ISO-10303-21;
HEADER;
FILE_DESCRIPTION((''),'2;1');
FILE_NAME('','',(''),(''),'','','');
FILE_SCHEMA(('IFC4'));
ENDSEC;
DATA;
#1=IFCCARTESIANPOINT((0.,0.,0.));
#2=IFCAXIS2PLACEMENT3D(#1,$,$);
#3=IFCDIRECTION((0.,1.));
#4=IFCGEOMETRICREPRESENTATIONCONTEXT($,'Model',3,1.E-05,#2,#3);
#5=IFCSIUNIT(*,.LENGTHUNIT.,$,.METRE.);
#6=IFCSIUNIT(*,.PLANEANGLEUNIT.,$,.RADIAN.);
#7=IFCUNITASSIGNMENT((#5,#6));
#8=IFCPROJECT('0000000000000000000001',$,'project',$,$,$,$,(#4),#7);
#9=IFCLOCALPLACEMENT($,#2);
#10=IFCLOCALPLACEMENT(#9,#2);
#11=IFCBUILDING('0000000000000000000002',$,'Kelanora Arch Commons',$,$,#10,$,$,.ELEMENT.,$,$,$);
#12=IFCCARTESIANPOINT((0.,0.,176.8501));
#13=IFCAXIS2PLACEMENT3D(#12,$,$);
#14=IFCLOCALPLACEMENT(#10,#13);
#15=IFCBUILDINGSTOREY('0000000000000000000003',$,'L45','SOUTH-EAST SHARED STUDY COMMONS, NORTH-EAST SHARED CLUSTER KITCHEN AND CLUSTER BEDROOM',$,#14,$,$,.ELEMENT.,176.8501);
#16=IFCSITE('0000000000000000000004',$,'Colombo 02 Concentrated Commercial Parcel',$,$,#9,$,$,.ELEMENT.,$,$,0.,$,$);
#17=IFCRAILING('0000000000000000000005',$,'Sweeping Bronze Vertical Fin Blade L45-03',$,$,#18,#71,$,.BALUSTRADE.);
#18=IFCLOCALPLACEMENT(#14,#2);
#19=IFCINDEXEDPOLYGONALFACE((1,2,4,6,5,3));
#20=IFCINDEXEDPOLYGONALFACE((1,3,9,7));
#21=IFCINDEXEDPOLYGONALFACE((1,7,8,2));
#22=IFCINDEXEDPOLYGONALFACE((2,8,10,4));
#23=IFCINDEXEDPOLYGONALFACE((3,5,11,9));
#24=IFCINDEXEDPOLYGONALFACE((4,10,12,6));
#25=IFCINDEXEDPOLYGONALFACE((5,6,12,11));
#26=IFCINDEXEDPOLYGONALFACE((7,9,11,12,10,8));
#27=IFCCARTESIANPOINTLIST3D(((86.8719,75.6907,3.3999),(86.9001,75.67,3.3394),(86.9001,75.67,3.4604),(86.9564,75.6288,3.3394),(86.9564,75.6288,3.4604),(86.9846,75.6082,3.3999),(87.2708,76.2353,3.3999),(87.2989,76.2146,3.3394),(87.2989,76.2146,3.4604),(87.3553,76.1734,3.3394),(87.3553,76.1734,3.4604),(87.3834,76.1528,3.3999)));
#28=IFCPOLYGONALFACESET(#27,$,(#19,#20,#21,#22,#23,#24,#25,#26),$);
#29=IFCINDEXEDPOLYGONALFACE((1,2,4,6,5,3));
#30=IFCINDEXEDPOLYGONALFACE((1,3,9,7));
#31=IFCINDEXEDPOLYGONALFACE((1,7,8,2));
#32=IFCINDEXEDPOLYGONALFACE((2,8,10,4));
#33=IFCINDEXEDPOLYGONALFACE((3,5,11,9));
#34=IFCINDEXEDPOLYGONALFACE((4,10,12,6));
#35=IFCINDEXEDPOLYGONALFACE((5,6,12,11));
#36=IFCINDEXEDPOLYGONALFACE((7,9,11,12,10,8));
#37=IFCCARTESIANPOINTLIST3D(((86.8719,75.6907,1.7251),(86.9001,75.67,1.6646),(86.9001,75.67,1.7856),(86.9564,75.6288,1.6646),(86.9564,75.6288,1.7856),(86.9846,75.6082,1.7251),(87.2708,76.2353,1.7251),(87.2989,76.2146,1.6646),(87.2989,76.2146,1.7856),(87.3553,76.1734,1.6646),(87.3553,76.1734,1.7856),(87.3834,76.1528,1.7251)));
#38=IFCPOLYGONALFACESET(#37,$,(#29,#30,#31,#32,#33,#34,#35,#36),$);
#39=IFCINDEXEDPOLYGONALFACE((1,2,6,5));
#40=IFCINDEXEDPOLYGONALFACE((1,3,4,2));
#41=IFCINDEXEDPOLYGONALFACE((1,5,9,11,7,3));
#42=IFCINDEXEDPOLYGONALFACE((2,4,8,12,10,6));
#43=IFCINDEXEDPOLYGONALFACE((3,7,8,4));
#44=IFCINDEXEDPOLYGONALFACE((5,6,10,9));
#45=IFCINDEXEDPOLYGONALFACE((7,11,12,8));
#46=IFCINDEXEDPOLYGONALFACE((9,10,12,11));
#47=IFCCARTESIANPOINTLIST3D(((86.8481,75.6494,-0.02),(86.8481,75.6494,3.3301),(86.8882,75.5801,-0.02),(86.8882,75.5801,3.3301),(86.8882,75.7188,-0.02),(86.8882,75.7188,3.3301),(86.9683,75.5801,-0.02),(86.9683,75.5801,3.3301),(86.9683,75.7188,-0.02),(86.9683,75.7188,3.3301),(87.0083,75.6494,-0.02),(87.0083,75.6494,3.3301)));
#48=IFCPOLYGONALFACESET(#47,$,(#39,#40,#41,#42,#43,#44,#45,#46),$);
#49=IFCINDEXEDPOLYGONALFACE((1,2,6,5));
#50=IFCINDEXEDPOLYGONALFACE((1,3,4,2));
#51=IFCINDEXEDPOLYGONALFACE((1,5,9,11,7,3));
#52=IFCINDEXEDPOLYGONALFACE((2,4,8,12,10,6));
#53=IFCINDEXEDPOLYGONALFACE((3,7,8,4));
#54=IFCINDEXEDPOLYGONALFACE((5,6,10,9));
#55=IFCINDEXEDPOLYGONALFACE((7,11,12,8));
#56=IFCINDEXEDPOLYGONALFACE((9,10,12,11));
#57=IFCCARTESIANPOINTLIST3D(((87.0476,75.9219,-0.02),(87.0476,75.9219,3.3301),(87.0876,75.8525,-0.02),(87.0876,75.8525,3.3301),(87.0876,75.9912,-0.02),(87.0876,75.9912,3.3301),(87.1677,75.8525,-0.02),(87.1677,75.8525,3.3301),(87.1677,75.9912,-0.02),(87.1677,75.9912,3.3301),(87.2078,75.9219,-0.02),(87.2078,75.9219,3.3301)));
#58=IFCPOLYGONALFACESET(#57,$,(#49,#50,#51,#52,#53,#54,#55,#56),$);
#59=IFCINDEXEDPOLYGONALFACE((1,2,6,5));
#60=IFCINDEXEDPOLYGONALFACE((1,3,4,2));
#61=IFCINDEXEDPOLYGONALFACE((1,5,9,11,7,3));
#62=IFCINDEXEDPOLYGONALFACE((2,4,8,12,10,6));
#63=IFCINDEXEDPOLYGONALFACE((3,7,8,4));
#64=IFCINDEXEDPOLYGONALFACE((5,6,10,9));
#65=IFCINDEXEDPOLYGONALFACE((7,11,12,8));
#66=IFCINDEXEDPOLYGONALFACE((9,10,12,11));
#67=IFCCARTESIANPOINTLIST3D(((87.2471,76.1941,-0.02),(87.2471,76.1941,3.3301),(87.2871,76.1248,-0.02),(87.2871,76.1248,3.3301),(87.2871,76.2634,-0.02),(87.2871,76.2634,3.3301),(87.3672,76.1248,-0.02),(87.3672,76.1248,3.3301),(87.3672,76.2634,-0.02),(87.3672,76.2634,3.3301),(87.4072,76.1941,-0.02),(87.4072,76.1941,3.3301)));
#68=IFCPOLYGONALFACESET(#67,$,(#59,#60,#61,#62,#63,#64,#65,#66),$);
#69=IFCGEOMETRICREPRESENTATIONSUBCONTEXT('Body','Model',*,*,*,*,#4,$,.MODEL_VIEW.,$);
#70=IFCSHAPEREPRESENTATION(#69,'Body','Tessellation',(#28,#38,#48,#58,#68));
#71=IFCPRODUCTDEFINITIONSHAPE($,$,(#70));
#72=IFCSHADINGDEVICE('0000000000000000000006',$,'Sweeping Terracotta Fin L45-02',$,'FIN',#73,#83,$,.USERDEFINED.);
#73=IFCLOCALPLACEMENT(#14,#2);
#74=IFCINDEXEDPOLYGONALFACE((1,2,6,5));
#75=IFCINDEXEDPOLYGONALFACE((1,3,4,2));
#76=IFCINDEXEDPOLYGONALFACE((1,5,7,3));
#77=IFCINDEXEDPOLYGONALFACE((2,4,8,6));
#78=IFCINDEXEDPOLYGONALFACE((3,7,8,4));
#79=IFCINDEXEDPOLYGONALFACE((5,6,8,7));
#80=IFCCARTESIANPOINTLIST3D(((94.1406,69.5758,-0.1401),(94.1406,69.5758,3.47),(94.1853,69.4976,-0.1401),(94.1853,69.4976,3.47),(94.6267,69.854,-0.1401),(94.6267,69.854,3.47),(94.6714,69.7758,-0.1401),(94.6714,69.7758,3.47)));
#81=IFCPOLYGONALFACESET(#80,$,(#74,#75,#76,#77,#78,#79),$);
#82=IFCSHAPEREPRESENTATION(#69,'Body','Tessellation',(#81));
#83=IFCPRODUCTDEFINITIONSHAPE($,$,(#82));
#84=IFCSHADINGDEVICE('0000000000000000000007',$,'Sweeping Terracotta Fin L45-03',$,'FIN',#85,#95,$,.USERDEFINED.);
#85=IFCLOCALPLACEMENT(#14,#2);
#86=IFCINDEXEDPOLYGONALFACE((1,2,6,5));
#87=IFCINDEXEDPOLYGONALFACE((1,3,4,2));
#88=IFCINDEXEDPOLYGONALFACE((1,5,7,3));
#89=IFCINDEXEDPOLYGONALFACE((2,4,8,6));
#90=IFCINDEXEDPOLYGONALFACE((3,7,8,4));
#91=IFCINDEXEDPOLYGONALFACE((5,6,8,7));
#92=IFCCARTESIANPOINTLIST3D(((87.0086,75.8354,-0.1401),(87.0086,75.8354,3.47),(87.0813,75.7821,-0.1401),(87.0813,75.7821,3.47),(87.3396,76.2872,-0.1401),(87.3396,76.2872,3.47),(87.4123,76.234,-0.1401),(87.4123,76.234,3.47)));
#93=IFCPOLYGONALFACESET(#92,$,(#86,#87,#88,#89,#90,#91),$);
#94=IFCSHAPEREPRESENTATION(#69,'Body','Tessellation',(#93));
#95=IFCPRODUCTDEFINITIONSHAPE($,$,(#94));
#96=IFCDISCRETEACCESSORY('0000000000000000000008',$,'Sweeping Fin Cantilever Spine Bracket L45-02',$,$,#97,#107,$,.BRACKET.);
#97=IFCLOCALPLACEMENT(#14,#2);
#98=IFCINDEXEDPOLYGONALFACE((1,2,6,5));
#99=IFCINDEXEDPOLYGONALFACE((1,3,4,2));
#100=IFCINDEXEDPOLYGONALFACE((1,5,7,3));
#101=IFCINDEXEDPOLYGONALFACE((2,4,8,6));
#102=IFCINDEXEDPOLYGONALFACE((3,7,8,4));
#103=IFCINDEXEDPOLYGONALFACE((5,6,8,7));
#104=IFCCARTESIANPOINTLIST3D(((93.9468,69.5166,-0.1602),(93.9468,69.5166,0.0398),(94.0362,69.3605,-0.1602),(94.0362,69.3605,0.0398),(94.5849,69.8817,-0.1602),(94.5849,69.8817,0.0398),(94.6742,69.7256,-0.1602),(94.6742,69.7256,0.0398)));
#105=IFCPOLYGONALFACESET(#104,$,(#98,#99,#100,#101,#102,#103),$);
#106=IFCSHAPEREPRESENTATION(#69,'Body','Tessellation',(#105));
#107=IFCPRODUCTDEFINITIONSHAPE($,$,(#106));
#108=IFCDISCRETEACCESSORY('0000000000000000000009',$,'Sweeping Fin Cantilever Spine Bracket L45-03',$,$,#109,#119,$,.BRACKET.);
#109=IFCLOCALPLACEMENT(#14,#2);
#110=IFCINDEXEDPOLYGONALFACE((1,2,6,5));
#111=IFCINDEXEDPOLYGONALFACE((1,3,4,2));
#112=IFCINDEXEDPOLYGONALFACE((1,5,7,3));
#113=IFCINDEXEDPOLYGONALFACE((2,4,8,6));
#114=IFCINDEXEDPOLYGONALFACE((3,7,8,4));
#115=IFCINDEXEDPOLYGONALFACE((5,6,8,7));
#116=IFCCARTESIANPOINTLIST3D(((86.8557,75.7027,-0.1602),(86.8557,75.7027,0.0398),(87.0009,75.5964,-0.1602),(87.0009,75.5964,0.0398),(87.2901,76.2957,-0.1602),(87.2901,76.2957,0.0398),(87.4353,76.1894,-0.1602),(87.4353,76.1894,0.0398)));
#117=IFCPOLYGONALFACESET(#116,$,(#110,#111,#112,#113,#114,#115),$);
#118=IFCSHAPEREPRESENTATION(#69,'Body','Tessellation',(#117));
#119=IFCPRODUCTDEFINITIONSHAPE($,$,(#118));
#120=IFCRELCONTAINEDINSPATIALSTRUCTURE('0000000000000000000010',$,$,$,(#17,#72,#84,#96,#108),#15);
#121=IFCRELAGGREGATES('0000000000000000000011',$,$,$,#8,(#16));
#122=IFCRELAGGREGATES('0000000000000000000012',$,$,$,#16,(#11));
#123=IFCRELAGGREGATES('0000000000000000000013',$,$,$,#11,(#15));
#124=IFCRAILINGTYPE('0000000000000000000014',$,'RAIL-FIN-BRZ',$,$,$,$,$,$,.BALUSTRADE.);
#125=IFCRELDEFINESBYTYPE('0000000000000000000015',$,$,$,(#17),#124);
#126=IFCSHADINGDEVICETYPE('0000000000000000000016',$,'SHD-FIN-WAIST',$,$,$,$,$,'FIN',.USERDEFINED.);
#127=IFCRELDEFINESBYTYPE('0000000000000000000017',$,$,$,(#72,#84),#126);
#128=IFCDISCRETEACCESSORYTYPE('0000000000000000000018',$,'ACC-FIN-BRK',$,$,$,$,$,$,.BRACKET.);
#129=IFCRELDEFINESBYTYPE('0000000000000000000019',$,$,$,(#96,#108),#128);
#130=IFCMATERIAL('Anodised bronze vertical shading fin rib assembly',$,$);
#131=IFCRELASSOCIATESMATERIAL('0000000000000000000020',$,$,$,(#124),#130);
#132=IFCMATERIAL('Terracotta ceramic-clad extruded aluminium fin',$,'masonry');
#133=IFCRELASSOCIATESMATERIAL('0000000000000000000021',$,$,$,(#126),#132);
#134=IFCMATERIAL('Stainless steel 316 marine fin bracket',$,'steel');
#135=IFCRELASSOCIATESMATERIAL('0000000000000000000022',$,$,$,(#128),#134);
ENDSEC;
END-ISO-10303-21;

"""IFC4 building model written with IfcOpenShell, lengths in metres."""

from ifc_helpers import new_model, si_unit, direction, frame, origin, origin_2d, place, context, subcontext, project, spatial, polyline, rectangle, outline, extrude, source, transform, mapped, material, type_object, element, save


model = new_model("IFC4")

# Units and contexts
model_context = context("Model", 3, precision=1e-05, world=origin(), true_north=direction((0.0, 1.0)))
body_context = subcontext(model_context, "Body", "Model", "MODEL_VIEW")
ifc_project = project(units=[si_unit("LENGTHUNIT", "METRE"), si_unit("PLANEANGLEUNIT", "RADIAN")], contexts=[model_context])

# Site, building, storey
site_placement = place(None, origin())
site = spatial("IfcSite", under=ifc_project, at=site_placement, Name="Colombo 02 Concentrated Commercial Parcel", CompositionType="ELEMENT", RefElevation=0.0)
building_placement = place(site_placement, origin())
building = spatial("IfcBuilding", under=site, at=building_placement, Name="Kelanora Arch Commons", CompositionType="ELEMENT")
storey_placement = place(building_placement, frame((0.0, 0.0, 176.8501)))
storey = spatial("IfcBuildingStorey", under=building, at=storey_placement, Name="L45", Description="SOUTH-EAST SHARED STUDY COMMONS, NORTH-EAST SHARED CLUSTER KITCHEN AND CLUSTER BEDROOM", CompositionType="ELEMENT", Elevation=176.8501)

# Railing
ifc_material_1 = material(Name="Anodised bronze vertical shading fin rib assembly")
railing_type = type_object("IfcRailingType", Name="RAIL-FIN-BRZ", PredefinedType="BALUSTRADE", material=ifc_material_1)
railing_1_placement = place(storey_placement, frame((86.9282, 75.6494, -0.02)))
element("IfcRailing", 1, at=railing_1_placement, inside=storey, type_object=railing_type, Name="Sweeping Bronze Vertical Fin Blade L45-03", PredefinedType="BALUSTRADE", context=body_context, shape_type="SweptSolid", body=[
    extrude(outline(polyline([(0.0698, 0.0), (0.0349, 0.0605), (-0.0349, 0.0605), (-0.0698, 0.0), (-0.0349, -0.0605), (0.0349, -0.0605), (0.0698, 0.0)])), frame((0.0, 0.0, 3.4199), z_axis=(0.590878, 0.806761, 0.0), x_axis=(-0.806761, 0.590878, 0.0)), (0.0, 0.0, 1.0), 0.675),
    extrude(outline(polyline([(0.0698, 0.0), (0.0349, 0.0605), (-0.0349, 0.0605), (-0.0698, 0.0), (-0.0349, -0.0605), (0.0349, -0.0605), (0.0698, 0.0)])), frame((0.0, 0.0, 1.7451), z_axis=(0.590878, 0.806761, 0.0), x_axis=(-0.806761, 0.590878, 0.0)), (0.0, 0.0, 1.0), 0.675),
    extrude(outline(polyline([(0.0801, 0.0), (0.04, 0.0693), (-0.04, 0.0693), (-0.0801, 0.0), (-0.04, -0.0693), (0.04, -0.0693), (0.0801, 0.0)])), origin(), (0.0, 0.0, 1.0), 3.3501),
    extrude(outline(polyline([(0.0801, 0.0), (0.04, 0.0693), (-0.04, 0.0693), (-0.0801, 0.0), (-0.04, -0.0693), (0.04, -0.0693), (0.0801, 0.0)])), frame((0.1995, 0.2725, 0.0)), (0.0, 0.0, 1.0), 3.3501),
    extrude(outline(polyline([(0.0801, 0.0), (0.04, 0.0693), (-0.04, 0.0693), (-0.0801, 0.0), (-0.04, -0.0693), (0.04, -0.0693), (0.0801, 0.0)])), frame((0.3989, 0.5447, 0.0)), (0.0, 0.0, 1.0), 3.3501),
])

# Shading devices
ifc_material_2 = material(Name="Terracotta ceramic-clad extruded aluminium fin", Category="masonry")
shading_device_type = type_object("IfcShadingDeviceType", Name="SHD-FIN-WAIST", ElementType="FIN", PredefinedType="USERDEFINED", material=ifc_material_2)
shared_shape_1 = source(origin(), body_context, "Body", "SweptSolid", [
    extrude(rectangle(XDim=0.5601, YDim=0.0901, at=origin_2d()), origin(), (0.0, 0.0, 1.0), 3.6101),
])
for number, where, z_axis, x_axis, name in (
    (2, (94.406, 69.6758, -0.1401), (0.0, 0.0, 1.0), (0.867939, 0.496671, 0.0), "Sweeping Terracotta Fin L45-02"),
    (3, (87.2104, 76.0347, -0.1401), (0.0, 0.0, 1.0), (0.590887, 0.806754, 0.0), "Sweeping Terracotta Fin L45-03"),
):
    element("IfcShadingDevice", number, at=place(storey_placement, frame(where, z_axis=z_axis, x_axis=x_axis)), inside=storey, type_object=shading_device_type, Name=name, ObjectType="FIN", PredefinedType="USERDEFINED", context=body_context, shape_type="MappedRepresentation", body=[
        mapped(shared_shape_1, transform((0.0, 0.0, 0.0), scale=1.0)),
    ])

# Discrete accessories
ifc_material_3 = material(Name="Stainless steel 316 marine fin bracket", Category="steel")
discrete_accessory_type = type_object("IfcDiscreteAccessoryType", Name="ACC-FIN-BRK", PredefinedType="BRACKET", material=ifc_material_3)
shared_shape_2 = source(origin(), body_context, "Body", "SweptSolid", [
    extrude(rectangle(XDim=0.7351, YDim=0.1799, at=origin_2d()), origin(), (0.0, 0.0, 1.0), 0.2),
])
for number, where, z_axis, x_axis, name in (
    (4, (94.3105, 69.6211, -0.1602), (0.0, 0.0, 1.0), (0.867939, 0.496671, 0.0), "Sweeping Fin Cantilever Spine Bracket L45-02"),
    (5, (87.1455, 75.946, -0.1602), (0.0, 0.0, 1.0), (0.590887, 0.806754, 0.0), "Sweeping Fin Cantilever Spine Bracket L45-03"),
):
    element("IfcDiscreteAccessory", number, at=place(storey_placement, frame(where, z_axis=z_axis, x_axis=x_axis)), inside=storey, type_object=discrete_accessory_type, Name=name, PredefinedType="BRACKET", context=body_context, shape_type="MappedRepresentation", body=[
        mapped(shared_shape_2, transform((0.0, 0.0, 0.0), scale=1.0)),
    ])

save(model, "model.ifc")
